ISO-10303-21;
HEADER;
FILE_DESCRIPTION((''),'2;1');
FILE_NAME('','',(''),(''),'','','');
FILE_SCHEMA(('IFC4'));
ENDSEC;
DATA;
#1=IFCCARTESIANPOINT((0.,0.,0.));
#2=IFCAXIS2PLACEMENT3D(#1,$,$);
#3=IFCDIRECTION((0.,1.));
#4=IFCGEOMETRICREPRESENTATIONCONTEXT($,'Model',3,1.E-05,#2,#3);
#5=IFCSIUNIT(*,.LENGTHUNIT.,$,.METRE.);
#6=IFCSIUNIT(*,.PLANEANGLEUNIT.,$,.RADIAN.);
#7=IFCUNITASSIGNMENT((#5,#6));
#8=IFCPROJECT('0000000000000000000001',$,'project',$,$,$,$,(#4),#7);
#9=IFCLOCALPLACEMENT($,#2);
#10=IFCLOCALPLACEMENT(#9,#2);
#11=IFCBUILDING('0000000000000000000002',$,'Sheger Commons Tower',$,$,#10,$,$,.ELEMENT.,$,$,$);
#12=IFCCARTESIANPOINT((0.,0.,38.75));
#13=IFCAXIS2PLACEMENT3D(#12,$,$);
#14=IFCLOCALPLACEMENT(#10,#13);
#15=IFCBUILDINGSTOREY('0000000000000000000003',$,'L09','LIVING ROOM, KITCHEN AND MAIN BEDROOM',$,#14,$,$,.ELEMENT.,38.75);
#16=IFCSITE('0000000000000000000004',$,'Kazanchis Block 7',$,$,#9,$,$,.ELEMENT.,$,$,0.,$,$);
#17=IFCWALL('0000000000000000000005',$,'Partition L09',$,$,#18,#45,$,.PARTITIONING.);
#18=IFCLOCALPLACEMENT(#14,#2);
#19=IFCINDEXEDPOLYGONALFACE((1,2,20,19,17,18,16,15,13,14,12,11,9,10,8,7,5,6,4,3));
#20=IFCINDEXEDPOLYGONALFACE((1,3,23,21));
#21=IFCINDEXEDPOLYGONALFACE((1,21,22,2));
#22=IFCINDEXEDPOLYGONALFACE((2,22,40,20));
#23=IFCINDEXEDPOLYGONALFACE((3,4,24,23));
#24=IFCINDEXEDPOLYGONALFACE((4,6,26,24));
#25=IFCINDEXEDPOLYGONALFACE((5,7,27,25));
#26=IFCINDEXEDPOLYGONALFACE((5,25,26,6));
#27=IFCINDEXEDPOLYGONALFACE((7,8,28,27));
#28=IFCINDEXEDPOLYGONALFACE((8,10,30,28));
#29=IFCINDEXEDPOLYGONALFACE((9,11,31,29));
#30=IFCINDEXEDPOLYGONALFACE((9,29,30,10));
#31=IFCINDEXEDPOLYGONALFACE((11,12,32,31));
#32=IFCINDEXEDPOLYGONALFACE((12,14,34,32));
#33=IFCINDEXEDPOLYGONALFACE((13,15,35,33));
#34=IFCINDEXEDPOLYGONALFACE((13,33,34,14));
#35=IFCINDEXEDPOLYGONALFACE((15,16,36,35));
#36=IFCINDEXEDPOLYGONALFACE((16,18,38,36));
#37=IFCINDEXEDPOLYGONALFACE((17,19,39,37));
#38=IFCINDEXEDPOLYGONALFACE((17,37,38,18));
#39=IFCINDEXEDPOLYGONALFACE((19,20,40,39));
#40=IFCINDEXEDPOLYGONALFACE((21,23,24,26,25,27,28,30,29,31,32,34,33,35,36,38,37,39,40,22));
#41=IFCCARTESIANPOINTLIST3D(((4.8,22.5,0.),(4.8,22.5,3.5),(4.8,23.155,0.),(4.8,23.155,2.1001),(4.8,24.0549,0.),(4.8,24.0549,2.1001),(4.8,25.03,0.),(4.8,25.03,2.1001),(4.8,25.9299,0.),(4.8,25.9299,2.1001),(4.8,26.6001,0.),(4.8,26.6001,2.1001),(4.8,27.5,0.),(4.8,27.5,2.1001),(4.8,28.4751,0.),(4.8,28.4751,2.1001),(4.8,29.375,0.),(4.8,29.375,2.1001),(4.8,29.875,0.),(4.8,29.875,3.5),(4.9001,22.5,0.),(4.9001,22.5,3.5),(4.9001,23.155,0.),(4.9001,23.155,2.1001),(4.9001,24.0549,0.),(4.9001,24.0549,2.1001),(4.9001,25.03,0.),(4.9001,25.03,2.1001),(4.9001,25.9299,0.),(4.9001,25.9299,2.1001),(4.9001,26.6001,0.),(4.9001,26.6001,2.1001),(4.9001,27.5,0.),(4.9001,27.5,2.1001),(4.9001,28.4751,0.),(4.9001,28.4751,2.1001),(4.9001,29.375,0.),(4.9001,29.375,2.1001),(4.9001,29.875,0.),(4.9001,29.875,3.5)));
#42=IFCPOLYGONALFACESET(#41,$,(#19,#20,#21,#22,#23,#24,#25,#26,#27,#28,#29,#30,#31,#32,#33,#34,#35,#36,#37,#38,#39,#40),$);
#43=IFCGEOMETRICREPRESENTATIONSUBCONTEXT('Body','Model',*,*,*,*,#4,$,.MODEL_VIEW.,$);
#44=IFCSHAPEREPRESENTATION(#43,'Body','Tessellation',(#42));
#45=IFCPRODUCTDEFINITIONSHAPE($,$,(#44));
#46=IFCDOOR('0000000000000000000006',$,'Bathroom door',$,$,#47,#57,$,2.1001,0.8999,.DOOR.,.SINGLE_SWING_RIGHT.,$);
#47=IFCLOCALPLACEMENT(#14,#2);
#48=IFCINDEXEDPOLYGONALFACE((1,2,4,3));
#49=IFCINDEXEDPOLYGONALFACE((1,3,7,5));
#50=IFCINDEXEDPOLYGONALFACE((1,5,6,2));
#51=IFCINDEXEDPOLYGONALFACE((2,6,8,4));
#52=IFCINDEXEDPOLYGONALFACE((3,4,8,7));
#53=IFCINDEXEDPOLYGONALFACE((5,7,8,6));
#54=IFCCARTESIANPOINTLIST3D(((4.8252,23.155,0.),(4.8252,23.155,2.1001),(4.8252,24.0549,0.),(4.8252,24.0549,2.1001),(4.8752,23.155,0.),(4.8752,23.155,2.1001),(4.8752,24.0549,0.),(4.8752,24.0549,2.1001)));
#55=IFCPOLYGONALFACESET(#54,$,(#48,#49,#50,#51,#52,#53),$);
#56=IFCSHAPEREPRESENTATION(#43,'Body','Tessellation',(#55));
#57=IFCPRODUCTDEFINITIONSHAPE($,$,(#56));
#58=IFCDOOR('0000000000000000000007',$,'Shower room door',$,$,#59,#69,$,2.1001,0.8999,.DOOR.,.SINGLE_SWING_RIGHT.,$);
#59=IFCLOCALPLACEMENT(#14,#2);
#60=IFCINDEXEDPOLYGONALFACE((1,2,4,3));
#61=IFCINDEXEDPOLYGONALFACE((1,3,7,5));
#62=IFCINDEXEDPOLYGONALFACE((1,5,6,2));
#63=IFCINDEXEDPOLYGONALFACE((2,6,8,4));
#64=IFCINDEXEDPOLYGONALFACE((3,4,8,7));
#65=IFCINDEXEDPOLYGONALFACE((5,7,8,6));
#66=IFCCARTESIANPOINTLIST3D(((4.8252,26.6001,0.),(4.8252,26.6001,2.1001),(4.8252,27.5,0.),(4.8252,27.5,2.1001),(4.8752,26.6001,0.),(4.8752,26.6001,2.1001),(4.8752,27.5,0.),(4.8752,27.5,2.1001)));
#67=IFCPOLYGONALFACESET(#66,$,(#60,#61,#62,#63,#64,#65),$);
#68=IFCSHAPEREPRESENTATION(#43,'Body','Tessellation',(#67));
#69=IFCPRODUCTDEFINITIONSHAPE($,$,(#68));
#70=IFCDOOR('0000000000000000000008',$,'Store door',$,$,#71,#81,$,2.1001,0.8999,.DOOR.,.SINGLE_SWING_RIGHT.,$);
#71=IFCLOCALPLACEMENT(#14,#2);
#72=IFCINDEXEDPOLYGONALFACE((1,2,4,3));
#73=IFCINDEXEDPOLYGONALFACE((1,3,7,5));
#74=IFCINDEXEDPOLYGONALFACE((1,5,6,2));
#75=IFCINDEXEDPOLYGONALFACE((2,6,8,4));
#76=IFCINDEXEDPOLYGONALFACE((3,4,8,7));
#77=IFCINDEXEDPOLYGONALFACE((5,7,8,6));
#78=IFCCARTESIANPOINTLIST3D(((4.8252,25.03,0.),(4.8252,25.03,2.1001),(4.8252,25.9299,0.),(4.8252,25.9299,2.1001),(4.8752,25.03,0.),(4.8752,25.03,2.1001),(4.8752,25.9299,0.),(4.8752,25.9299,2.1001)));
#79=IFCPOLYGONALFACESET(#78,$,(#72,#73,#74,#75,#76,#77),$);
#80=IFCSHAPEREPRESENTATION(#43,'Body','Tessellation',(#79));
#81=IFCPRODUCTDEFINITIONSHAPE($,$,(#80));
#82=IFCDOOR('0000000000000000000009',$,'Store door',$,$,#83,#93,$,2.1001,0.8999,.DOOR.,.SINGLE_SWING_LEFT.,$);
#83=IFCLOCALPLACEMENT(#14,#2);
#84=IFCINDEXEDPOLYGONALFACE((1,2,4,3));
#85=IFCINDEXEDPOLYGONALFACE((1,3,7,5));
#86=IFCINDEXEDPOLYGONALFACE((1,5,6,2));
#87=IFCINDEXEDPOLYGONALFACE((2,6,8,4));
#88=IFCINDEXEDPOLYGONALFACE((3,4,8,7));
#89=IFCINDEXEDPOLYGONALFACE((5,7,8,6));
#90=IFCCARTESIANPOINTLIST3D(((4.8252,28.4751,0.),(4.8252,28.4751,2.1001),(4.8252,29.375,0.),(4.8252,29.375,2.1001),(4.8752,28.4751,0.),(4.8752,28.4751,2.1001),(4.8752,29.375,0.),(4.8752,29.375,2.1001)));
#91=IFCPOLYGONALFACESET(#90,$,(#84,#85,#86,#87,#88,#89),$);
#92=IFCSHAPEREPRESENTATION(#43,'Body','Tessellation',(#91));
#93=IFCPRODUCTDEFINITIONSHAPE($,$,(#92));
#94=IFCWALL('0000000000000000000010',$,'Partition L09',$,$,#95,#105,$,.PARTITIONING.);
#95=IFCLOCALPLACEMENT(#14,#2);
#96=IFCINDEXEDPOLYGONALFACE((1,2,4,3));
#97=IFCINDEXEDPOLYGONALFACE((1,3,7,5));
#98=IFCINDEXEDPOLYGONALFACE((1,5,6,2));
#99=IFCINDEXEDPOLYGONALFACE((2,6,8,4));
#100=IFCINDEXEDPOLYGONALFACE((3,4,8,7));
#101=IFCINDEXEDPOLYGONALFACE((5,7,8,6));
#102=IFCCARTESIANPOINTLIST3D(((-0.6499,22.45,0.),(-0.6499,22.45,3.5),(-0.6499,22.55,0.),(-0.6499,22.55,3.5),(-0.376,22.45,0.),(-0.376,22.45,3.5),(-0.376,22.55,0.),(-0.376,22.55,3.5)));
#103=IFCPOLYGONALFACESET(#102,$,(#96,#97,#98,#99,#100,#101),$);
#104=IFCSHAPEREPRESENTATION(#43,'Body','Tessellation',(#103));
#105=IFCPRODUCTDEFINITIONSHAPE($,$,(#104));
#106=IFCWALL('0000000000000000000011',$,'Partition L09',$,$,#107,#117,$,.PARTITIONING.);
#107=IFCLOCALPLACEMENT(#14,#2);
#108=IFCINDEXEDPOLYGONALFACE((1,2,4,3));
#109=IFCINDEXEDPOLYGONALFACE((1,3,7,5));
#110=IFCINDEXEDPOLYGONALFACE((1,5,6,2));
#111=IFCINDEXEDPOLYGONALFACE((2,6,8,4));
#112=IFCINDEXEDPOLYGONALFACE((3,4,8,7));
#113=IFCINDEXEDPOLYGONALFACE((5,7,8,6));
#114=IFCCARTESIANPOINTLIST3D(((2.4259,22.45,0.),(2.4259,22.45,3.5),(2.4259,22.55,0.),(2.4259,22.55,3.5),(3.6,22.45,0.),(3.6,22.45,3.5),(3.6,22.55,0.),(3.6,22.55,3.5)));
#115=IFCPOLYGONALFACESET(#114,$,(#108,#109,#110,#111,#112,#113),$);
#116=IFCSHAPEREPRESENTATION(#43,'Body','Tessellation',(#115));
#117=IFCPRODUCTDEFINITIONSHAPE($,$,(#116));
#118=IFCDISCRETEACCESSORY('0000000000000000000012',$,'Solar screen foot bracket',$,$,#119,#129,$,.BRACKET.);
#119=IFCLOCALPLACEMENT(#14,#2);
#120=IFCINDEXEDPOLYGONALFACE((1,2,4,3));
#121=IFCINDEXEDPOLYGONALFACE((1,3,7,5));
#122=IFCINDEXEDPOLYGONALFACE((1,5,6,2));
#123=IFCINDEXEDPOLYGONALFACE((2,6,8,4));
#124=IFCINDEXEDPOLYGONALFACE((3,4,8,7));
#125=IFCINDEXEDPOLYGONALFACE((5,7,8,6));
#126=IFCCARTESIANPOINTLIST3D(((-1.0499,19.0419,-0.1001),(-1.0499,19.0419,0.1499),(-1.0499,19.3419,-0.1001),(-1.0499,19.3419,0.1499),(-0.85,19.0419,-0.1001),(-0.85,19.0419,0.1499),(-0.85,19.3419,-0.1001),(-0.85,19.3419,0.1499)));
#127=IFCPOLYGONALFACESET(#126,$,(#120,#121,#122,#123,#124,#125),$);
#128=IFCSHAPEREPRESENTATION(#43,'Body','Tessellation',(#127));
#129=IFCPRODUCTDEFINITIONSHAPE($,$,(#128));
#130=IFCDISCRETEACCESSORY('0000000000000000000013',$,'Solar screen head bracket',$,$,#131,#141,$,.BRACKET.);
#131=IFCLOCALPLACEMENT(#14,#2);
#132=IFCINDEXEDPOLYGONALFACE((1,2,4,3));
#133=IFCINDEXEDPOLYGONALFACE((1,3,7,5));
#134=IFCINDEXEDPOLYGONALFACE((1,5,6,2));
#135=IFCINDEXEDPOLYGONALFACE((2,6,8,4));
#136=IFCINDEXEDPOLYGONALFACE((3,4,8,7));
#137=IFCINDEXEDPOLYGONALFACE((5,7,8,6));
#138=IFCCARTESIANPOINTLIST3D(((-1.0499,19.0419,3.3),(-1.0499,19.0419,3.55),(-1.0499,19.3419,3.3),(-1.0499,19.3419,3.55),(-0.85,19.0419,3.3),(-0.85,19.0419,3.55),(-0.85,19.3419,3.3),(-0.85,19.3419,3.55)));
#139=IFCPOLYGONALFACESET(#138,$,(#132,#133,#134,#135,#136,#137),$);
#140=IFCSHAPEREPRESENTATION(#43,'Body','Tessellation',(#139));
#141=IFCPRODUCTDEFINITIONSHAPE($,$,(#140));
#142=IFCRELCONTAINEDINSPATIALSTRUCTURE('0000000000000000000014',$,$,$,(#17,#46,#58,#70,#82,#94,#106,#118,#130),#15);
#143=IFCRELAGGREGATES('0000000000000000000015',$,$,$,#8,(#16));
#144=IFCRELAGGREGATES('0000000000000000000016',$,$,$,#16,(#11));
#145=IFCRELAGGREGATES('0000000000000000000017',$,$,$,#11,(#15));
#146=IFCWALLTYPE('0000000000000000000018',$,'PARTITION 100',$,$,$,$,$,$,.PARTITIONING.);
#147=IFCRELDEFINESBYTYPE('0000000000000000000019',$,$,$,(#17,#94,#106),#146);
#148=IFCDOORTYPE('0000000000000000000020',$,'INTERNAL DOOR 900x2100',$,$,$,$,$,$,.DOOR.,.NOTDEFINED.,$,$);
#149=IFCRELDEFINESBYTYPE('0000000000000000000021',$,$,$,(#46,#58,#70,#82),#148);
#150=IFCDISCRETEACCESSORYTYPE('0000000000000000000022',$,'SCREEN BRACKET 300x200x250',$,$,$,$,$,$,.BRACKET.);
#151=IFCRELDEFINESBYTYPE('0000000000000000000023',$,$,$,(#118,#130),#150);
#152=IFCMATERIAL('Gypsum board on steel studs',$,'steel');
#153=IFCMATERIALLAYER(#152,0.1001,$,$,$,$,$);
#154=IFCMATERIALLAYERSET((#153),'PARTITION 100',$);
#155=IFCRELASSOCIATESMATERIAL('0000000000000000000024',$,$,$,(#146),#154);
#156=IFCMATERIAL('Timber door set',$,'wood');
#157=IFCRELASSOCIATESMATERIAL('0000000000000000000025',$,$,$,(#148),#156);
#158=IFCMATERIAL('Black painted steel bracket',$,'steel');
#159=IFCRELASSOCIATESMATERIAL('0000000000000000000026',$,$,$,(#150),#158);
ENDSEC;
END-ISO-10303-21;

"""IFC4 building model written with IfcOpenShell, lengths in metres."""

from ifc_helpers import new_model, si_unit, direction, frame, frame_2d, origin, origin_2d, place, context, subcontext, project, spatial, rectangle, extrude, material, layer, layer_set, type_object, element, fill, save


model = new_model("IFC4")

# Units and contexts
model_context = context("Model", 3, precision=1e-05, world=origin(), true_north=direction((0.0, 1.0)))
body_context = subcontext(model_context, "Body", "Model", "MODEL_VIEW")
ifc_project = project(units=[si_unit("LENGTHUNIT", "METRE"), si_unit("PLANEANGLEUNIT", "RADIAN")], contexts=[model_context])

# Site, building, storey
site_placement = place(None, origin())
site = spatial("IfcSite", under=ifc_project, at=site_placement, Name="Kazanchis Block 7", CompositionType="ELEMENT", RefElevation=0.0)
building_placement = place(site_placement, origin())
building = spatial("IfcBuilding", under=site, at=building_placement, Name="Sheger Commons Tower", CompositionType="ELEMENT")
storey_placement = place(building_placement, frame((0.0, 0.0, 38.75)))
storey = spatial("IfcBuildingStorey", under=building, at=storey_placement, Name="L09", Description="LIVING ROOM, KITCHEN AND MAIN BEDROOM", CompositionType="ELEMENT", Elevation=38.75)

# Shared definitions
ifc_material_1 = material(Name="Gypsum board on steel studs", Category="steel")
ifc_layer_1 = layer(ifc_material_1, 0.1001)
ifc_layer_set_1 = layer_set([ifc_layer_1], Name="PARTITION 100")
wall_type_1 = type_object("IfcWallType", Name="PARTITION 100", PredefinedType="PARTITIONING", material=ifc_layer_set_1)

# Wall, openings, doors
ifc_material_2 = material(Name="Timber door set", Category="wood")
door_type = type_object("IfcDoorType", Name="INTERNAL DOOR 900x2100", OperationType="NOTDEFINED", PredefinedType="DOOR", material=ifc_material_2)
wall_1_placement = place(storey_placement, frame((4.8501, 22.5, 0.0), z_axis=(0.0, 0.0, 1.0), x_axis=(0.0, 1.0, 0.0)))
wall_1 = element("IfcWall", 1, at=wall_1_placement, inside=storey, type_object=wall_type_1, Name="Partition L09", PredefinedType="PARTITIONING", context=body_context, shape_type="SweptSolid", body=[
    extrude(rectangle(XDim=7.375, YDim=0.1001, at=frame_2d((3.6875, 0.0))), origin(), (0.0, 0.0, 1.0), 3.5),
])
opening_1_placement = place(wall_1_placement, frame((0.655, 0.0, 0.0)))
opening_1 = element("IfcOpeningElement", 2, at=opening_1_placement, cuts=wall_1, PredefinedType="OPENING", context=body_context, shape_type="SweptSolid", body=[
    extrude(rectangle(XDim=0.8999, YDim=2.1001, at=frame_2d((0.45, 1.05))), frame((0.0, 0.0601, 0.0), z_axis=(0.0, -1.0, 0.0), x_axis=(1.0, 0.0, 0.0)), (0.0, 0.0, 1.0), 0.1201),
])
opening_2_placement = place(wall_1_placement, frame((4.1001, 0.0, 0.0)))
opening_2 = element("IfcOpeningElement", 3, at=opening_2_placement, cuts=wall_1, PredefinedType="OPENING", context=body_context, shape_type="SweptSolid", body=[
    extrude(rectangle(XDim=0.8999, YDim=2.1001, at=frame_2d((0.45, 1.05))), frame((0.0, 0.0601, 0.0), z_axis=(0.0, -1.0, 0.0), x_axis=(1.0, 0.0, 0.0)), (0.0, 0.0, 1.0), 0.1201),
])
opening_3_placement = place(wall_1_placement, frame((2.53, 0.0, 0.0)))
opening_3 = element("IfcOpeningElement", 4, at=opening_3_placement, cuts=wall_1, PredefinedType="OPENING", context=body_context, shape_type="SweptSolid", body=[
    extrude(rectangle(XDim=0.8999, YDim=2.1001, at=frame_2d((0.45, 1.05))), frame((0.0, 0.0601, 0.0), z_axis=(0.0, -1.0, 0.0), x_axis=(1.0, 0.0, 0.0)), (0.0, 0.0, 1.0), 0.1201),
])
opening_4_placement = place(wall_1_placement, frame((5.9751, 0.0, 0.0)))
opening_4 = element("IfcOpeningElement", 5, at=opening_4_placement, cuts=wall_1, PredefinedType="OPENING", context=body_context, shape_type="SweptSolid", body=[
    extrude(rectangle(XDim=0.8999, YDim=2.1001, at=frame_2d((0.45, 1.05))), frame((0.0, 0.0601, 0.0), z_axis=(0.0, -1.0, 0.0), x_axis=(1.0, 0.0, 0.0)), (0.0, 0.0, 1.0), 0.1201),
])
door_1_placement = place(opening_1_placement, origin())
door_1 = element("IfcDoor", 6, at=door_1_placement, inside=storey, type_object=door_type, Name="Bathroom door", OperationType="SINGLE_SWING_RIGHT", OverallHeight=2.1001, OverallWidth=0.8999, PredefinedType="DOOR", context=body_context, shape_type="SweptSolid", body=[
    extrude(rectangle(XDim=0.8999, YDim=2.1001, at=frame_2d((0.45, 1.05))), frame((0.0, 0.0249, 0.0), z_axis=(0.0, -1.0, 0.0), x_axis=(1.0, 0.0, 0.0)), (0.0, 0.0, 1.0), 0.05),
])
fill(opening_1, door_1)
door_2_placement = place(opening_2_placement, origin())
door_2 = element("IfcDoor", 7, at=door_2_placement, inside=storey, type_object=door_type, Name="Shower room door", OperationType="SINGLE_SWING_RIGHT", OverallHeight=2.1001, OverallWidth=0.8999, PredefinedType="DOOR", context=body_context, shape_type="SweptSolid", body=[
    extrude(rectangle(XDim=0.8999, YDim=2.1001, at=frame_2d((0.45, 1.05))), frame((0.0, 0.0249, 0.0), z_axis=(0.0, -1.0, 0.0), x_axis=(1.0, 0.0, 0.0)), (0.0, 0.0, 1.0), 0.05),
])
fill(opening_2, door_2)
door_3_placement = place(opening_3_placement, origin())
door_3 = element("IfcDoor", 8, at=door_3_placement, inside=storey, type_object=door_type, Name="Store door", OperationType="SINGLE_SWING_RIGHT", OverallHeight=2.1001, OverallWidth=0.8999, PredefinedType="DOOR", context=body_context, shape_type="SweptSolid", body=[
    extrude(rectangle(XDim=0.8999, YDim=2.1001, at=frame_2d((0.45, 1.05))), frame((0.0, 0.0249, 0.0), z_axis=(0.0, -1.0, 0.0), x_axis=(1.0, 0.0, 0.0)), (0.0, 0.0, 1.0), 0.05),
])
fill(opening_3, door_3)
door_4_placement = place(opening_4_placement, origin())
door_4 = element("IfcDoor", 9, at=door_4_placement, inside=storey, type_object=door_type, Name="Store door", OperationType="SINGLE_SWING_LEFT", OverallHeight=2.1001, OverallWidth=0.8999, PredefinedType="DOOR", context=body_context, shape_type="SweptSolid", body=[
    extrude(rectangle(XDim=0.8999, YDim=2.1001, at=frame_2d((0.45, 1.05))), frame((0.0, 0.0249, 0.0), z_axis=(0.0, -1.0, 0.0), x_axis=(1.0, 0.0, 0.0)), (0.0, 0.0, 1.0), 0.05),
])
fill(opening_4, door_4)

# Walls
wall_2_placement = place(storey_placement, frame((-0.6499, 22.5, 0.0), z_axis=(0.0, 0.0, 1.0), x_axis=(1.0, 0.0, 0.0)))
element("IfcWall", 10, at=wall_2_placement, inside=storey, type_object=wall_type_1, Name="Partition L09", PredefinedType="PARTITIONING", context=body_context, shape_type="SweptSolid", body=[
    extrude(rectangle(XDim=0.2739, YDim=0.1001, at=frame_2d((0.137, 0.0))), origin(), (0.0, 0.0, 1.0), 3.5),
])
wall_3_placement = place(storey_placement, frame((2.426, 22.5, 0.0), z_axis=(0.0, 0.0, 1.0), x_axis=(1.0, 0.0, 0.0)))
element("IfcWall", 11, at=wall_3_placement, inside=storey, type_object=wall_type_1, Name="Partition L09", PredefinedType="PARTITIONING", context=body_context, shape_type="SweptSolid", body=[
    extrude(rectangle(XDim=1.1741, YDim=0.1001, at=frame_2d((0.5869, 0.0))), origin(), (0.0, 0.0, 1.0), 3.5),
])

# Discrete accessories
ifc_material_3 = material(Name="Black painted steel bracket", Category="steel")
discrete_accessory_type = type_object("IfcDiscreteAccessoryType", Name="SCREEN BRACKET 300x200x250", PredefinedType="BRACKET", material=ifc_material_3)
for number, where, z_axis, x_axis, name in (
    (12, (-0.95, 19.1919, -0.1001), (0.0, 0.0, 1.0), (0.0, -1.0, 0.0), "Solar screen foot bracket"),
    (13, (-0.95, 19.1919, 3.3), (0.0, 0.0, 1.0), (0.0, -1.0, 0.0), "Solar screen head bracket"),
):
    element("IfcDiscreteAccessory", number, at=place(storey_placement, frame(where, z_axis=z_axis, x_axis=x_axis)), inside=storey, type_object=discrete_accessory_type, Name=name, PredefinedType="BRACKET", context=body_context, shape_type="SweptSolid", body=[
        extrude(rectangle(XDim=0.3, YDim=0.2, at=origin_2d()), origin(), (0.0, 0.0, 1.0), 0.25),
    ])

save(model, "model.ifc")
